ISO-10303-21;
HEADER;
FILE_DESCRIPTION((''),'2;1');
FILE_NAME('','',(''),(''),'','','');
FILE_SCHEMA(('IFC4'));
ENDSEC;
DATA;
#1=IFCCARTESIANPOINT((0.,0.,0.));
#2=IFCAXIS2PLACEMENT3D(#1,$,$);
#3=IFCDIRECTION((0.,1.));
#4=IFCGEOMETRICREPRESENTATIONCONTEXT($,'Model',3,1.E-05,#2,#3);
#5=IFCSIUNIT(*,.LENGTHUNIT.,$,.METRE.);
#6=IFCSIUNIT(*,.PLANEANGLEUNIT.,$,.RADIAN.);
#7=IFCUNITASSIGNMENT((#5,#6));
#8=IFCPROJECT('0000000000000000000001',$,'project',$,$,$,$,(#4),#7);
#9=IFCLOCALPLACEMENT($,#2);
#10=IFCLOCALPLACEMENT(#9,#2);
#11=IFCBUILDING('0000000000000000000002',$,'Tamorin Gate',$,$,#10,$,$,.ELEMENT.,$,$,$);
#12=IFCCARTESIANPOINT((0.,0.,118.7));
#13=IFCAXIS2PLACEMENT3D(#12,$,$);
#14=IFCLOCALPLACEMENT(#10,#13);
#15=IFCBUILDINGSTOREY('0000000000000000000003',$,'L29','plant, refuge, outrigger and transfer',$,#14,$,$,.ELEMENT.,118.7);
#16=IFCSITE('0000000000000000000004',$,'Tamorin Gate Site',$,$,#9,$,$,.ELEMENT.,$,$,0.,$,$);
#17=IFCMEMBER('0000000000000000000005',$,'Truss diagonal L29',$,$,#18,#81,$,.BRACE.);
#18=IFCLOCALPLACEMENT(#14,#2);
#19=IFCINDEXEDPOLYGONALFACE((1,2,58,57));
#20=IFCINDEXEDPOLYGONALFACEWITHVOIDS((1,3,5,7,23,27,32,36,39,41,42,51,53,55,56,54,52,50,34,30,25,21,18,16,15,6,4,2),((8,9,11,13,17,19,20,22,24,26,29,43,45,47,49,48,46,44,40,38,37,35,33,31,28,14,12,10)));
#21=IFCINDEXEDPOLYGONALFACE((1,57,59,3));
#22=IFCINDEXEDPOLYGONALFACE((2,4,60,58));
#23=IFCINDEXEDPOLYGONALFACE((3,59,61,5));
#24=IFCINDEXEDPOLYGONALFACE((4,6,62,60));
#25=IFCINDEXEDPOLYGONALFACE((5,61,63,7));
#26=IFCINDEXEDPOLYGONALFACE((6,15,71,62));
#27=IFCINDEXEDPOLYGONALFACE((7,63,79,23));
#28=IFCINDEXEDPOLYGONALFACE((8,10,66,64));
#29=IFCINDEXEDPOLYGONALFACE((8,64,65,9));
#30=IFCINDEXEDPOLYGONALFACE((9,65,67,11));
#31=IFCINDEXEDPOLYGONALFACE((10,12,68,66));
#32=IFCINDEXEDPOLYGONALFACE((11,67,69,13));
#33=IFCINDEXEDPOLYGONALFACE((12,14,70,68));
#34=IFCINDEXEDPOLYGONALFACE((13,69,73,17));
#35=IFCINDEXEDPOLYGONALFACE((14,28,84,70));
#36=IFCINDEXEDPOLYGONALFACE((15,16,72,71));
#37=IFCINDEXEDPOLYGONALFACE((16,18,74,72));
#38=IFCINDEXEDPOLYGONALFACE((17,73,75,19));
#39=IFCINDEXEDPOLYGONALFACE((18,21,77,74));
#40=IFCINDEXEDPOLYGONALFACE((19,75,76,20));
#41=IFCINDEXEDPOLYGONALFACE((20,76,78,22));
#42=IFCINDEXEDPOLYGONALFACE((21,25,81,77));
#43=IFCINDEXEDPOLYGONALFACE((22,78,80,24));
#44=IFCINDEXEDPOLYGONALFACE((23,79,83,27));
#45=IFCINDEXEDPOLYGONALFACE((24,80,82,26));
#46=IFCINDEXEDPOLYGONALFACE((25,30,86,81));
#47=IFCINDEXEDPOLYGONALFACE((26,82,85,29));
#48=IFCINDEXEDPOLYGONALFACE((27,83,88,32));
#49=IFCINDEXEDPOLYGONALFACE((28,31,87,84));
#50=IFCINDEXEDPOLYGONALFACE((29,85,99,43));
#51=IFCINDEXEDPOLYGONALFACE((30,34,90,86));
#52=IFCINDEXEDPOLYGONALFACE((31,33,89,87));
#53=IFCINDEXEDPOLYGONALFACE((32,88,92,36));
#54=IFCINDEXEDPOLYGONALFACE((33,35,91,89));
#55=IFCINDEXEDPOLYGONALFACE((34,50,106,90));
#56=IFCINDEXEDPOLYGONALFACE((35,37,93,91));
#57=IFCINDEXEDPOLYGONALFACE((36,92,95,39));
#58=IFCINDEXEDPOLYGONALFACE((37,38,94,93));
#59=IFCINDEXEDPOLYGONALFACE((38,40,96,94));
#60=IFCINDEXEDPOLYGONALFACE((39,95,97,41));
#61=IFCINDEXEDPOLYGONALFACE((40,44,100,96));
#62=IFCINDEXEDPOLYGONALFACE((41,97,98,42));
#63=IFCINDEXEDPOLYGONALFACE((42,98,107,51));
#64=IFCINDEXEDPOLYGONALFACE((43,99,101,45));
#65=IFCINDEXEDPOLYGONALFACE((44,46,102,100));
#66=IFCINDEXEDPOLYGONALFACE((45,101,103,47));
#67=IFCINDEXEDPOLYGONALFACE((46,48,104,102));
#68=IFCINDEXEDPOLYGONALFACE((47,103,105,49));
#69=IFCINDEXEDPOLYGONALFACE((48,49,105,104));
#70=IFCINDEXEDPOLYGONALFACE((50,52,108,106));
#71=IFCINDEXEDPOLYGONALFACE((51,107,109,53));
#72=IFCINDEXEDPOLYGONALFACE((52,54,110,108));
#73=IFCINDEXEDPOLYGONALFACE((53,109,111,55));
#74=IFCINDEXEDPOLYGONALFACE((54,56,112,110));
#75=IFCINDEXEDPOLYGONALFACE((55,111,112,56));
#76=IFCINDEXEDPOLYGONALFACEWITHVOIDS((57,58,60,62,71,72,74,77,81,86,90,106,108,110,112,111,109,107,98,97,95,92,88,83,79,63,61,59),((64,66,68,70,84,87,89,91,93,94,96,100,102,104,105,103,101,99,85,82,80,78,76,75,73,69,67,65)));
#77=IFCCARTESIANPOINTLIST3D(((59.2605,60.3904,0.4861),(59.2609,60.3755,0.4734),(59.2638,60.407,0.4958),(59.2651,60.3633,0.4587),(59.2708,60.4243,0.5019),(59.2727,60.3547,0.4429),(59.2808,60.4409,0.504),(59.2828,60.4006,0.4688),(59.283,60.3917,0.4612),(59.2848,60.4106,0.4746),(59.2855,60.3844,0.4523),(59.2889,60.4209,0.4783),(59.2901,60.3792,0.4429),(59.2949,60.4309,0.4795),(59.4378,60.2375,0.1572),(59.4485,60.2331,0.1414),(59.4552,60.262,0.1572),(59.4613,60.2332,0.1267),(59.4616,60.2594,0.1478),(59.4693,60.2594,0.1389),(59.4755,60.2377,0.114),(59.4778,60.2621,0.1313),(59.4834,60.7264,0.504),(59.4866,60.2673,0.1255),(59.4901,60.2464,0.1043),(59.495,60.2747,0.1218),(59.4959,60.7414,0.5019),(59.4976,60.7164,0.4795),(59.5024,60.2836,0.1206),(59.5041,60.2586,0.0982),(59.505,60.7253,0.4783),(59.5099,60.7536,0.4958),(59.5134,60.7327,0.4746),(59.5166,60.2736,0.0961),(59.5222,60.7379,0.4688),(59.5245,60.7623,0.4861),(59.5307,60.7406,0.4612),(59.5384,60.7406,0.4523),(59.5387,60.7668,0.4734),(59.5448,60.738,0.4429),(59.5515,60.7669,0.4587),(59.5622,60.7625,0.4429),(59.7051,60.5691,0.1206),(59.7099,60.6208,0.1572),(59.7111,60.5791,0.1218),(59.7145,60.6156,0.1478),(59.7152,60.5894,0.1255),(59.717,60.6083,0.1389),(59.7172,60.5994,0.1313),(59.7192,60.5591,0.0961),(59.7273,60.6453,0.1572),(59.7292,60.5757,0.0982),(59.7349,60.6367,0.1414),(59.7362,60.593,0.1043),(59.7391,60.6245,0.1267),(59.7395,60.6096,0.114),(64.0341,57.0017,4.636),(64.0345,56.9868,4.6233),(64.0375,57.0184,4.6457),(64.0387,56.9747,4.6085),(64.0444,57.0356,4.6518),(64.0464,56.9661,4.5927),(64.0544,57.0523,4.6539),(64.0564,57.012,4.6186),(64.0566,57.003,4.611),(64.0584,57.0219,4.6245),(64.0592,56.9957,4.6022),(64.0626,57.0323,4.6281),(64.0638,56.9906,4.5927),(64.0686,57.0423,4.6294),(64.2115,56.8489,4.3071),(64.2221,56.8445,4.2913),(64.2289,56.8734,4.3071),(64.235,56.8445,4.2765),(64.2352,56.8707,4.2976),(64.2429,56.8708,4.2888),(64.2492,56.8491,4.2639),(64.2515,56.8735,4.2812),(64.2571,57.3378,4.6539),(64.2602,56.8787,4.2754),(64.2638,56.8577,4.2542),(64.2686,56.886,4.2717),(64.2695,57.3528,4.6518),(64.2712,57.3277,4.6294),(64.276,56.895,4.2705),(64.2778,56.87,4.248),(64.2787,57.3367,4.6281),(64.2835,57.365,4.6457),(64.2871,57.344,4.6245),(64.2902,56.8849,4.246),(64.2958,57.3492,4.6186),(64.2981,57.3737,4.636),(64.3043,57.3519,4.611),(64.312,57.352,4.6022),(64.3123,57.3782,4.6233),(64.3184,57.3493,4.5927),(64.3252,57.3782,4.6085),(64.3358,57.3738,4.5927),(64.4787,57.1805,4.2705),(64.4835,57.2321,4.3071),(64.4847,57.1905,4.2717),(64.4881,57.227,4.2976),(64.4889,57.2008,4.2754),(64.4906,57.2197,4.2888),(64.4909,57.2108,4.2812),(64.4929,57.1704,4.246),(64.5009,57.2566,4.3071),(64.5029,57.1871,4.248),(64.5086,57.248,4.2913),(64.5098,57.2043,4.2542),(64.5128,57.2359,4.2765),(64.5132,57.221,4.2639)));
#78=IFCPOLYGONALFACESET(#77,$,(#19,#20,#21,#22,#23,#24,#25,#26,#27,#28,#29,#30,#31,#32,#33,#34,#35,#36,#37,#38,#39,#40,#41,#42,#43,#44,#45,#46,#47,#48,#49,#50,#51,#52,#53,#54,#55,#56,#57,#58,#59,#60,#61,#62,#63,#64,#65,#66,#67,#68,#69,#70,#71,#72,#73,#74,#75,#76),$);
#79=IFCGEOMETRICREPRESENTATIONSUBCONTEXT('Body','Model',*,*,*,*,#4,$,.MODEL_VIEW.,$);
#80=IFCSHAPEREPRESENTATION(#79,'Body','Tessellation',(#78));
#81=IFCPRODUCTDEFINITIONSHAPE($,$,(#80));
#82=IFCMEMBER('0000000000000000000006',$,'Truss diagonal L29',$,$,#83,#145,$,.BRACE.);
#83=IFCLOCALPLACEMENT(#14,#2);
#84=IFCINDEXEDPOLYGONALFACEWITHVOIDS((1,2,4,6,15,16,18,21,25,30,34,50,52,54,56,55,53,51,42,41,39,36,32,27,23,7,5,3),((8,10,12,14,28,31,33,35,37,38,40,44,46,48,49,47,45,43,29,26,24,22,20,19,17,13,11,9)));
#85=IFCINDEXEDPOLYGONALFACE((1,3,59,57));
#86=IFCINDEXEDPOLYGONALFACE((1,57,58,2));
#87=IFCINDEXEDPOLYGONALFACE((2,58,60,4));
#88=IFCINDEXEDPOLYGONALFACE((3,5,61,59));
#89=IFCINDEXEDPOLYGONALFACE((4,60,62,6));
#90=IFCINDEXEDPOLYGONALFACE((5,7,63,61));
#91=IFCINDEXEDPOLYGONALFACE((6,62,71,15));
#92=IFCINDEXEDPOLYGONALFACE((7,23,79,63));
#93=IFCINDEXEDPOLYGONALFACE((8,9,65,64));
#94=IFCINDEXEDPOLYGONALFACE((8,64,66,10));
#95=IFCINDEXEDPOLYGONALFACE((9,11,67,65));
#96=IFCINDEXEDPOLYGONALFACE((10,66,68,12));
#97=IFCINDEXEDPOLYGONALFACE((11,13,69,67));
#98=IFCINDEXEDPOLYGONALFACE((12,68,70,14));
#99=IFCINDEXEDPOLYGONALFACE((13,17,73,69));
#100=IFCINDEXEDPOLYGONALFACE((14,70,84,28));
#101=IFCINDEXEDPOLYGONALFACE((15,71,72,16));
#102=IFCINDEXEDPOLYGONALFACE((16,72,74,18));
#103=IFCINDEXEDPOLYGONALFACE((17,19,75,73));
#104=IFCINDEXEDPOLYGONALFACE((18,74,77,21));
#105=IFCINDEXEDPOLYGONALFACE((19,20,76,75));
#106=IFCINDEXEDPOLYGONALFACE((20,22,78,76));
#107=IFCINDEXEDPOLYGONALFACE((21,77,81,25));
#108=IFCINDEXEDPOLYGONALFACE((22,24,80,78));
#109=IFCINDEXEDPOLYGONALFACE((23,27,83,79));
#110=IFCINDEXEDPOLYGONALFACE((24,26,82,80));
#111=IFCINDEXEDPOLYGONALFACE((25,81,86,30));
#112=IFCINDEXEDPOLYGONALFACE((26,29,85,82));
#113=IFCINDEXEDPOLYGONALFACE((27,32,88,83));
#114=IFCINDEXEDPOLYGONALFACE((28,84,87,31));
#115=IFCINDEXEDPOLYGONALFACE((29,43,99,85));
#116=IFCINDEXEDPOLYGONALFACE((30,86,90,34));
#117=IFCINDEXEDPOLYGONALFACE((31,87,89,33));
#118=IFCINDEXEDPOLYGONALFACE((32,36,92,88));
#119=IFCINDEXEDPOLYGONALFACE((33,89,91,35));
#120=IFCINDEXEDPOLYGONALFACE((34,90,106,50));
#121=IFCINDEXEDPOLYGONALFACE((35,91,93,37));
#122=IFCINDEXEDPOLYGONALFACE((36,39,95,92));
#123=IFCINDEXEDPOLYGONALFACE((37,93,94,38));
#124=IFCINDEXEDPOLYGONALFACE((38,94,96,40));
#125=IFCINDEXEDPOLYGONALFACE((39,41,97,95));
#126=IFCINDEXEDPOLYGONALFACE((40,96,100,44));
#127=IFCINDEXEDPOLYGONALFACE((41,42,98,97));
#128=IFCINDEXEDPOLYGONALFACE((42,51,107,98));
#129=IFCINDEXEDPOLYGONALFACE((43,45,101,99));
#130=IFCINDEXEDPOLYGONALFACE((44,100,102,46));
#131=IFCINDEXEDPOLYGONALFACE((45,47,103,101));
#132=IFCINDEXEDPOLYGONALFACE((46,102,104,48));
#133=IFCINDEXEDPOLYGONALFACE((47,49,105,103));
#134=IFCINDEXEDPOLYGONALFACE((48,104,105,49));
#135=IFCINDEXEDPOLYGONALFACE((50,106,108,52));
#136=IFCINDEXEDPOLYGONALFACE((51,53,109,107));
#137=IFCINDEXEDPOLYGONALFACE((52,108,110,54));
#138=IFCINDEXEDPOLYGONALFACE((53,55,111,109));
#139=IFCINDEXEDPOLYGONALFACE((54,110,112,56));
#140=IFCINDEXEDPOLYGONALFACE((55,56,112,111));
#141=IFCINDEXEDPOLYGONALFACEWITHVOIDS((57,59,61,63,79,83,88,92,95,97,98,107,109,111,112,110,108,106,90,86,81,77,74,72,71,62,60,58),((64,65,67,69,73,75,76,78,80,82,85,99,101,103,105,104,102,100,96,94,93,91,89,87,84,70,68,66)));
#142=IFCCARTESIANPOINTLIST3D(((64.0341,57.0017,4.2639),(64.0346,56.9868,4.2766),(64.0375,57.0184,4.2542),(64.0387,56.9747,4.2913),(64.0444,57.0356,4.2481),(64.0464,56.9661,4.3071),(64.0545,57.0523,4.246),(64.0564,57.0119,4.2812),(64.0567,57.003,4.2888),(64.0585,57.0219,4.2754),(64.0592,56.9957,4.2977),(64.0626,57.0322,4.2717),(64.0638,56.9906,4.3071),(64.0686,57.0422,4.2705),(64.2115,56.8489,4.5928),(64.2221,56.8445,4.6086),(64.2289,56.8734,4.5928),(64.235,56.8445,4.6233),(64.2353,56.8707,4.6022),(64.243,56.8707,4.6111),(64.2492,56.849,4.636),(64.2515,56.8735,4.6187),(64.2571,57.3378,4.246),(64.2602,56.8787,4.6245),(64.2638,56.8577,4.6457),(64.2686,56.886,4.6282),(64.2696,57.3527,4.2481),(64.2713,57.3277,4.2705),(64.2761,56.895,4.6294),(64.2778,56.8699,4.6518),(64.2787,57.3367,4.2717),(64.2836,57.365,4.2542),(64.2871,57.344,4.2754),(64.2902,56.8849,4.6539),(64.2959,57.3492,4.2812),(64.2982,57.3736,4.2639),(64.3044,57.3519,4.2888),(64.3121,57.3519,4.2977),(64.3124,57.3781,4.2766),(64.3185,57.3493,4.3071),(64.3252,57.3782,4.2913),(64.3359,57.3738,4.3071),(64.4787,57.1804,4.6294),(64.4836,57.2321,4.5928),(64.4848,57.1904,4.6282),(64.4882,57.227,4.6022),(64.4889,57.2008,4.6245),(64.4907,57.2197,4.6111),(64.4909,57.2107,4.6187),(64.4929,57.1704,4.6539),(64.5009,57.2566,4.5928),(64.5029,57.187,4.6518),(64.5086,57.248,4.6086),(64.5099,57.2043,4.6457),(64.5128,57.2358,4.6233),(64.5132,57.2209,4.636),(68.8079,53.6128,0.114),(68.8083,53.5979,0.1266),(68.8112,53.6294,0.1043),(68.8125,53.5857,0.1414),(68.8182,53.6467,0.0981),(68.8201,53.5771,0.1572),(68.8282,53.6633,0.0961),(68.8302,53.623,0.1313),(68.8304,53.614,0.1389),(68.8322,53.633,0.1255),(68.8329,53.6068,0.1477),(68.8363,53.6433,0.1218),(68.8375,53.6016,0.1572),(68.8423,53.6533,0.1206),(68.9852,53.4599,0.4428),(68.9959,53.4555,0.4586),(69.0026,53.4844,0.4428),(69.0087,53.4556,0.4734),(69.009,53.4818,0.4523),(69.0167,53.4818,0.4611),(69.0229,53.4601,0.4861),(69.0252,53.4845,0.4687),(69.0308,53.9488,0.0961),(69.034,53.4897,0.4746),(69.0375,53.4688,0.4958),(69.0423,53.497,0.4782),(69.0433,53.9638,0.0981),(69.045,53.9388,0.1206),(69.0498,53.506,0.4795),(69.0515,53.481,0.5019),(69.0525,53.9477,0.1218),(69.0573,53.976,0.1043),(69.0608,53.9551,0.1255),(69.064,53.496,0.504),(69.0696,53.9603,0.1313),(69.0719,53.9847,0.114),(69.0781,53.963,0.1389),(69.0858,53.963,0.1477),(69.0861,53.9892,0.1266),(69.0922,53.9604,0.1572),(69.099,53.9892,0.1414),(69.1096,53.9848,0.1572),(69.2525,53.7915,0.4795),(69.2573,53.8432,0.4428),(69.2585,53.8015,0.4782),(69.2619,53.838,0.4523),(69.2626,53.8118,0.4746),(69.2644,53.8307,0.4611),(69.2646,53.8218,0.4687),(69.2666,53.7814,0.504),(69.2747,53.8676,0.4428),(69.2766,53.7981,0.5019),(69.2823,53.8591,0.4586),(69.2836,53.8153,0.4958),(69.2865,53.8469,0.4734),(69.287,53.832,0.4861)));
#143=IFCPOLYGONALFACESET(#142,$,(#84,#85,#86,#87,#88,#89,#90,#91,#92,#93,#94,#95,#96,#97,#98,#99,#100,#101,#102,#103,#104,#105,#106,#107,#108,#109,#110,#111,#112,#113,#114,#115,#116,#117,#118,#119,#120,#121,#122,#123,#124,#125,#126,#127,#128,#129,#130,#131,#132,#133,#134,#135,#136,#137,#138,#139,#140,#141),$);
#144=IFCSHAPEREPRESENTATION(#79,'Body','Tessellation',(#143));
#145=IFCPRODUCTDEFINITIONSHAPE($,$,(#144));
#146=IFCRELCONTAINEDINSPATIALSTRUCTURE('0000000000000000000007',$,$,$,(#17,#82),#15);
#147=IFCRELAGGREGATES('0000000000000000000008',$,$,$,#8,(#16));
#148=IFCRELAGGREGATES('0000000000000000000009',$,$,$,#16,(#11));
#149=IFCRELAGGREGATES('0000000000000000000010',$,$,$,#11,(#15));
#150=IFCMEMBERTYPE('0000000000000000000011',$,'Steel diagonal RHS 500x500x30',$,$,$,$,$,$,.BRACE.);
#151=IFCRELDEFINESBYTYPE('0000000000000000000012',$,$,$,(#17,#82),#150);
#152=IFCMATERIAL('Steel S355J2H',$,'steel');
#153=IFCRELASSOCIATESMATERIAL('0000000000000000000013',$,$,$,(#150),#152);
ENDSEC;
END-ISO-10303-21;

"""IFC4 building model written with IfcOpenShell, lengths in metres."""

from ifc_helpers import new_model, si_unit, direction, frame, origin, origin_2d, place, context, subcontext, project, spatial, hollow_rectangle, extrude, material, material_profile, profile_set, type_object, element, save


model = new_model("IFC4")

# Units and contexts
model_context = context("Model", 3, precision=1e-05, world=origin(), true_north=direction((0.0, 1.0)))
body_context = subcontext(model_context, "Body", "Model", "MODEL_VIEW")
ifc_project = project(units=[si_unit("LENGTHUNIT", "METRE"), si_unit("PLANEANGLEUNIT", "RADIAN")], contexts=[model_context])

# Site, building, storey
site_placement = place(None, origin())
site = spatial("IfcSite", under=ifc_project, at=site_placement, Name="Tamorin Gate Site", CompositionType="ELEMENT", RefElevation=0.0)
building_placement = place(site_placement, origin())
building = spatial("IfcBuilding", under=site, at=building_placement, Name="Tamorin Gate", CompositionType="ELEMENT")
storey_placement = place(building_placement, frame((0.0, 0.0, 118.7)))
storey = spatial("IfcBuildingStorey", under=building, at=storey_placement, Name="L29", Description="plant, refuge, outrigger and transfer", CompositionType="ELEMENT", Elevation=118.7)

# Members
ifc_material_1 = material(Name="Steel S355J2H", Category="steel")
ifc_material_profile_1 = material_profile(ifc_material_1, hollow_rectangle(XDim=0.5, YDim=0.5, WallThickness=0.03, InnerFilletRadius=0.0449, OuterFilletRadius=0.075, at=origin_2d()), Name="RHS 500x500x30")
ifc_profile_set_1 = profile_set([ifc_material_profile_1], Name="Steel S355J2H")
member_type_1 = type_object("IfcMemberType", Name="Steel diagonal RHS 500x500x30", PredefinedType="BRACE", material=ifc_profile_set_1)
member_1_placement = place(storey_placement, frame((59.5, 60.5, 0.3), z_axis=(0.665243, -0.472233, 0.578315), x_axis=(0.578849, 0.815435, 0.0)))
element("IfcMember", 1, at=member_1_placement, inside=storey, type_object=member_type_1, Name="Truss diagonal L29", PredefinedType="BRACE", context=body_context, shape_type="SweptSolid", body=[
    extrude(hollow_rectangle(XDim=0.5, YDim=0.5, WallThickness=0.03, InnerFilletRadius=0.0449, OuterFilletRadius=0.075, at=origin_2d()), origin(), (0.0, 0.0, 1.0), 7.1758),
])
member_2_placement = place(storey_placement, frame((64.2737, 57.1113, 4.45), z_axis=(0.665232, -0.472259, -0.578306), x_axis=(0.578877, 0.815415, 0.0)))
element("IfcMember", 2, at=member_2_placement, inside=storey, type_object=member_type_1, Name="Truss diagonal L29", PredefinedType="BRACE", context=body_context, shape_type="SweptSolid", body=[
    extrude(hollow_rectangle(XDim=0.5, YDim=0.5, WallThickness=0.03, InnerFilletRadius=0.0449, OuterFilletRadius=0.075, at=origin_2d()), origin(), (0.0, 0.0, 1.0), 7.176),
])

save(model, "model.ifc")
